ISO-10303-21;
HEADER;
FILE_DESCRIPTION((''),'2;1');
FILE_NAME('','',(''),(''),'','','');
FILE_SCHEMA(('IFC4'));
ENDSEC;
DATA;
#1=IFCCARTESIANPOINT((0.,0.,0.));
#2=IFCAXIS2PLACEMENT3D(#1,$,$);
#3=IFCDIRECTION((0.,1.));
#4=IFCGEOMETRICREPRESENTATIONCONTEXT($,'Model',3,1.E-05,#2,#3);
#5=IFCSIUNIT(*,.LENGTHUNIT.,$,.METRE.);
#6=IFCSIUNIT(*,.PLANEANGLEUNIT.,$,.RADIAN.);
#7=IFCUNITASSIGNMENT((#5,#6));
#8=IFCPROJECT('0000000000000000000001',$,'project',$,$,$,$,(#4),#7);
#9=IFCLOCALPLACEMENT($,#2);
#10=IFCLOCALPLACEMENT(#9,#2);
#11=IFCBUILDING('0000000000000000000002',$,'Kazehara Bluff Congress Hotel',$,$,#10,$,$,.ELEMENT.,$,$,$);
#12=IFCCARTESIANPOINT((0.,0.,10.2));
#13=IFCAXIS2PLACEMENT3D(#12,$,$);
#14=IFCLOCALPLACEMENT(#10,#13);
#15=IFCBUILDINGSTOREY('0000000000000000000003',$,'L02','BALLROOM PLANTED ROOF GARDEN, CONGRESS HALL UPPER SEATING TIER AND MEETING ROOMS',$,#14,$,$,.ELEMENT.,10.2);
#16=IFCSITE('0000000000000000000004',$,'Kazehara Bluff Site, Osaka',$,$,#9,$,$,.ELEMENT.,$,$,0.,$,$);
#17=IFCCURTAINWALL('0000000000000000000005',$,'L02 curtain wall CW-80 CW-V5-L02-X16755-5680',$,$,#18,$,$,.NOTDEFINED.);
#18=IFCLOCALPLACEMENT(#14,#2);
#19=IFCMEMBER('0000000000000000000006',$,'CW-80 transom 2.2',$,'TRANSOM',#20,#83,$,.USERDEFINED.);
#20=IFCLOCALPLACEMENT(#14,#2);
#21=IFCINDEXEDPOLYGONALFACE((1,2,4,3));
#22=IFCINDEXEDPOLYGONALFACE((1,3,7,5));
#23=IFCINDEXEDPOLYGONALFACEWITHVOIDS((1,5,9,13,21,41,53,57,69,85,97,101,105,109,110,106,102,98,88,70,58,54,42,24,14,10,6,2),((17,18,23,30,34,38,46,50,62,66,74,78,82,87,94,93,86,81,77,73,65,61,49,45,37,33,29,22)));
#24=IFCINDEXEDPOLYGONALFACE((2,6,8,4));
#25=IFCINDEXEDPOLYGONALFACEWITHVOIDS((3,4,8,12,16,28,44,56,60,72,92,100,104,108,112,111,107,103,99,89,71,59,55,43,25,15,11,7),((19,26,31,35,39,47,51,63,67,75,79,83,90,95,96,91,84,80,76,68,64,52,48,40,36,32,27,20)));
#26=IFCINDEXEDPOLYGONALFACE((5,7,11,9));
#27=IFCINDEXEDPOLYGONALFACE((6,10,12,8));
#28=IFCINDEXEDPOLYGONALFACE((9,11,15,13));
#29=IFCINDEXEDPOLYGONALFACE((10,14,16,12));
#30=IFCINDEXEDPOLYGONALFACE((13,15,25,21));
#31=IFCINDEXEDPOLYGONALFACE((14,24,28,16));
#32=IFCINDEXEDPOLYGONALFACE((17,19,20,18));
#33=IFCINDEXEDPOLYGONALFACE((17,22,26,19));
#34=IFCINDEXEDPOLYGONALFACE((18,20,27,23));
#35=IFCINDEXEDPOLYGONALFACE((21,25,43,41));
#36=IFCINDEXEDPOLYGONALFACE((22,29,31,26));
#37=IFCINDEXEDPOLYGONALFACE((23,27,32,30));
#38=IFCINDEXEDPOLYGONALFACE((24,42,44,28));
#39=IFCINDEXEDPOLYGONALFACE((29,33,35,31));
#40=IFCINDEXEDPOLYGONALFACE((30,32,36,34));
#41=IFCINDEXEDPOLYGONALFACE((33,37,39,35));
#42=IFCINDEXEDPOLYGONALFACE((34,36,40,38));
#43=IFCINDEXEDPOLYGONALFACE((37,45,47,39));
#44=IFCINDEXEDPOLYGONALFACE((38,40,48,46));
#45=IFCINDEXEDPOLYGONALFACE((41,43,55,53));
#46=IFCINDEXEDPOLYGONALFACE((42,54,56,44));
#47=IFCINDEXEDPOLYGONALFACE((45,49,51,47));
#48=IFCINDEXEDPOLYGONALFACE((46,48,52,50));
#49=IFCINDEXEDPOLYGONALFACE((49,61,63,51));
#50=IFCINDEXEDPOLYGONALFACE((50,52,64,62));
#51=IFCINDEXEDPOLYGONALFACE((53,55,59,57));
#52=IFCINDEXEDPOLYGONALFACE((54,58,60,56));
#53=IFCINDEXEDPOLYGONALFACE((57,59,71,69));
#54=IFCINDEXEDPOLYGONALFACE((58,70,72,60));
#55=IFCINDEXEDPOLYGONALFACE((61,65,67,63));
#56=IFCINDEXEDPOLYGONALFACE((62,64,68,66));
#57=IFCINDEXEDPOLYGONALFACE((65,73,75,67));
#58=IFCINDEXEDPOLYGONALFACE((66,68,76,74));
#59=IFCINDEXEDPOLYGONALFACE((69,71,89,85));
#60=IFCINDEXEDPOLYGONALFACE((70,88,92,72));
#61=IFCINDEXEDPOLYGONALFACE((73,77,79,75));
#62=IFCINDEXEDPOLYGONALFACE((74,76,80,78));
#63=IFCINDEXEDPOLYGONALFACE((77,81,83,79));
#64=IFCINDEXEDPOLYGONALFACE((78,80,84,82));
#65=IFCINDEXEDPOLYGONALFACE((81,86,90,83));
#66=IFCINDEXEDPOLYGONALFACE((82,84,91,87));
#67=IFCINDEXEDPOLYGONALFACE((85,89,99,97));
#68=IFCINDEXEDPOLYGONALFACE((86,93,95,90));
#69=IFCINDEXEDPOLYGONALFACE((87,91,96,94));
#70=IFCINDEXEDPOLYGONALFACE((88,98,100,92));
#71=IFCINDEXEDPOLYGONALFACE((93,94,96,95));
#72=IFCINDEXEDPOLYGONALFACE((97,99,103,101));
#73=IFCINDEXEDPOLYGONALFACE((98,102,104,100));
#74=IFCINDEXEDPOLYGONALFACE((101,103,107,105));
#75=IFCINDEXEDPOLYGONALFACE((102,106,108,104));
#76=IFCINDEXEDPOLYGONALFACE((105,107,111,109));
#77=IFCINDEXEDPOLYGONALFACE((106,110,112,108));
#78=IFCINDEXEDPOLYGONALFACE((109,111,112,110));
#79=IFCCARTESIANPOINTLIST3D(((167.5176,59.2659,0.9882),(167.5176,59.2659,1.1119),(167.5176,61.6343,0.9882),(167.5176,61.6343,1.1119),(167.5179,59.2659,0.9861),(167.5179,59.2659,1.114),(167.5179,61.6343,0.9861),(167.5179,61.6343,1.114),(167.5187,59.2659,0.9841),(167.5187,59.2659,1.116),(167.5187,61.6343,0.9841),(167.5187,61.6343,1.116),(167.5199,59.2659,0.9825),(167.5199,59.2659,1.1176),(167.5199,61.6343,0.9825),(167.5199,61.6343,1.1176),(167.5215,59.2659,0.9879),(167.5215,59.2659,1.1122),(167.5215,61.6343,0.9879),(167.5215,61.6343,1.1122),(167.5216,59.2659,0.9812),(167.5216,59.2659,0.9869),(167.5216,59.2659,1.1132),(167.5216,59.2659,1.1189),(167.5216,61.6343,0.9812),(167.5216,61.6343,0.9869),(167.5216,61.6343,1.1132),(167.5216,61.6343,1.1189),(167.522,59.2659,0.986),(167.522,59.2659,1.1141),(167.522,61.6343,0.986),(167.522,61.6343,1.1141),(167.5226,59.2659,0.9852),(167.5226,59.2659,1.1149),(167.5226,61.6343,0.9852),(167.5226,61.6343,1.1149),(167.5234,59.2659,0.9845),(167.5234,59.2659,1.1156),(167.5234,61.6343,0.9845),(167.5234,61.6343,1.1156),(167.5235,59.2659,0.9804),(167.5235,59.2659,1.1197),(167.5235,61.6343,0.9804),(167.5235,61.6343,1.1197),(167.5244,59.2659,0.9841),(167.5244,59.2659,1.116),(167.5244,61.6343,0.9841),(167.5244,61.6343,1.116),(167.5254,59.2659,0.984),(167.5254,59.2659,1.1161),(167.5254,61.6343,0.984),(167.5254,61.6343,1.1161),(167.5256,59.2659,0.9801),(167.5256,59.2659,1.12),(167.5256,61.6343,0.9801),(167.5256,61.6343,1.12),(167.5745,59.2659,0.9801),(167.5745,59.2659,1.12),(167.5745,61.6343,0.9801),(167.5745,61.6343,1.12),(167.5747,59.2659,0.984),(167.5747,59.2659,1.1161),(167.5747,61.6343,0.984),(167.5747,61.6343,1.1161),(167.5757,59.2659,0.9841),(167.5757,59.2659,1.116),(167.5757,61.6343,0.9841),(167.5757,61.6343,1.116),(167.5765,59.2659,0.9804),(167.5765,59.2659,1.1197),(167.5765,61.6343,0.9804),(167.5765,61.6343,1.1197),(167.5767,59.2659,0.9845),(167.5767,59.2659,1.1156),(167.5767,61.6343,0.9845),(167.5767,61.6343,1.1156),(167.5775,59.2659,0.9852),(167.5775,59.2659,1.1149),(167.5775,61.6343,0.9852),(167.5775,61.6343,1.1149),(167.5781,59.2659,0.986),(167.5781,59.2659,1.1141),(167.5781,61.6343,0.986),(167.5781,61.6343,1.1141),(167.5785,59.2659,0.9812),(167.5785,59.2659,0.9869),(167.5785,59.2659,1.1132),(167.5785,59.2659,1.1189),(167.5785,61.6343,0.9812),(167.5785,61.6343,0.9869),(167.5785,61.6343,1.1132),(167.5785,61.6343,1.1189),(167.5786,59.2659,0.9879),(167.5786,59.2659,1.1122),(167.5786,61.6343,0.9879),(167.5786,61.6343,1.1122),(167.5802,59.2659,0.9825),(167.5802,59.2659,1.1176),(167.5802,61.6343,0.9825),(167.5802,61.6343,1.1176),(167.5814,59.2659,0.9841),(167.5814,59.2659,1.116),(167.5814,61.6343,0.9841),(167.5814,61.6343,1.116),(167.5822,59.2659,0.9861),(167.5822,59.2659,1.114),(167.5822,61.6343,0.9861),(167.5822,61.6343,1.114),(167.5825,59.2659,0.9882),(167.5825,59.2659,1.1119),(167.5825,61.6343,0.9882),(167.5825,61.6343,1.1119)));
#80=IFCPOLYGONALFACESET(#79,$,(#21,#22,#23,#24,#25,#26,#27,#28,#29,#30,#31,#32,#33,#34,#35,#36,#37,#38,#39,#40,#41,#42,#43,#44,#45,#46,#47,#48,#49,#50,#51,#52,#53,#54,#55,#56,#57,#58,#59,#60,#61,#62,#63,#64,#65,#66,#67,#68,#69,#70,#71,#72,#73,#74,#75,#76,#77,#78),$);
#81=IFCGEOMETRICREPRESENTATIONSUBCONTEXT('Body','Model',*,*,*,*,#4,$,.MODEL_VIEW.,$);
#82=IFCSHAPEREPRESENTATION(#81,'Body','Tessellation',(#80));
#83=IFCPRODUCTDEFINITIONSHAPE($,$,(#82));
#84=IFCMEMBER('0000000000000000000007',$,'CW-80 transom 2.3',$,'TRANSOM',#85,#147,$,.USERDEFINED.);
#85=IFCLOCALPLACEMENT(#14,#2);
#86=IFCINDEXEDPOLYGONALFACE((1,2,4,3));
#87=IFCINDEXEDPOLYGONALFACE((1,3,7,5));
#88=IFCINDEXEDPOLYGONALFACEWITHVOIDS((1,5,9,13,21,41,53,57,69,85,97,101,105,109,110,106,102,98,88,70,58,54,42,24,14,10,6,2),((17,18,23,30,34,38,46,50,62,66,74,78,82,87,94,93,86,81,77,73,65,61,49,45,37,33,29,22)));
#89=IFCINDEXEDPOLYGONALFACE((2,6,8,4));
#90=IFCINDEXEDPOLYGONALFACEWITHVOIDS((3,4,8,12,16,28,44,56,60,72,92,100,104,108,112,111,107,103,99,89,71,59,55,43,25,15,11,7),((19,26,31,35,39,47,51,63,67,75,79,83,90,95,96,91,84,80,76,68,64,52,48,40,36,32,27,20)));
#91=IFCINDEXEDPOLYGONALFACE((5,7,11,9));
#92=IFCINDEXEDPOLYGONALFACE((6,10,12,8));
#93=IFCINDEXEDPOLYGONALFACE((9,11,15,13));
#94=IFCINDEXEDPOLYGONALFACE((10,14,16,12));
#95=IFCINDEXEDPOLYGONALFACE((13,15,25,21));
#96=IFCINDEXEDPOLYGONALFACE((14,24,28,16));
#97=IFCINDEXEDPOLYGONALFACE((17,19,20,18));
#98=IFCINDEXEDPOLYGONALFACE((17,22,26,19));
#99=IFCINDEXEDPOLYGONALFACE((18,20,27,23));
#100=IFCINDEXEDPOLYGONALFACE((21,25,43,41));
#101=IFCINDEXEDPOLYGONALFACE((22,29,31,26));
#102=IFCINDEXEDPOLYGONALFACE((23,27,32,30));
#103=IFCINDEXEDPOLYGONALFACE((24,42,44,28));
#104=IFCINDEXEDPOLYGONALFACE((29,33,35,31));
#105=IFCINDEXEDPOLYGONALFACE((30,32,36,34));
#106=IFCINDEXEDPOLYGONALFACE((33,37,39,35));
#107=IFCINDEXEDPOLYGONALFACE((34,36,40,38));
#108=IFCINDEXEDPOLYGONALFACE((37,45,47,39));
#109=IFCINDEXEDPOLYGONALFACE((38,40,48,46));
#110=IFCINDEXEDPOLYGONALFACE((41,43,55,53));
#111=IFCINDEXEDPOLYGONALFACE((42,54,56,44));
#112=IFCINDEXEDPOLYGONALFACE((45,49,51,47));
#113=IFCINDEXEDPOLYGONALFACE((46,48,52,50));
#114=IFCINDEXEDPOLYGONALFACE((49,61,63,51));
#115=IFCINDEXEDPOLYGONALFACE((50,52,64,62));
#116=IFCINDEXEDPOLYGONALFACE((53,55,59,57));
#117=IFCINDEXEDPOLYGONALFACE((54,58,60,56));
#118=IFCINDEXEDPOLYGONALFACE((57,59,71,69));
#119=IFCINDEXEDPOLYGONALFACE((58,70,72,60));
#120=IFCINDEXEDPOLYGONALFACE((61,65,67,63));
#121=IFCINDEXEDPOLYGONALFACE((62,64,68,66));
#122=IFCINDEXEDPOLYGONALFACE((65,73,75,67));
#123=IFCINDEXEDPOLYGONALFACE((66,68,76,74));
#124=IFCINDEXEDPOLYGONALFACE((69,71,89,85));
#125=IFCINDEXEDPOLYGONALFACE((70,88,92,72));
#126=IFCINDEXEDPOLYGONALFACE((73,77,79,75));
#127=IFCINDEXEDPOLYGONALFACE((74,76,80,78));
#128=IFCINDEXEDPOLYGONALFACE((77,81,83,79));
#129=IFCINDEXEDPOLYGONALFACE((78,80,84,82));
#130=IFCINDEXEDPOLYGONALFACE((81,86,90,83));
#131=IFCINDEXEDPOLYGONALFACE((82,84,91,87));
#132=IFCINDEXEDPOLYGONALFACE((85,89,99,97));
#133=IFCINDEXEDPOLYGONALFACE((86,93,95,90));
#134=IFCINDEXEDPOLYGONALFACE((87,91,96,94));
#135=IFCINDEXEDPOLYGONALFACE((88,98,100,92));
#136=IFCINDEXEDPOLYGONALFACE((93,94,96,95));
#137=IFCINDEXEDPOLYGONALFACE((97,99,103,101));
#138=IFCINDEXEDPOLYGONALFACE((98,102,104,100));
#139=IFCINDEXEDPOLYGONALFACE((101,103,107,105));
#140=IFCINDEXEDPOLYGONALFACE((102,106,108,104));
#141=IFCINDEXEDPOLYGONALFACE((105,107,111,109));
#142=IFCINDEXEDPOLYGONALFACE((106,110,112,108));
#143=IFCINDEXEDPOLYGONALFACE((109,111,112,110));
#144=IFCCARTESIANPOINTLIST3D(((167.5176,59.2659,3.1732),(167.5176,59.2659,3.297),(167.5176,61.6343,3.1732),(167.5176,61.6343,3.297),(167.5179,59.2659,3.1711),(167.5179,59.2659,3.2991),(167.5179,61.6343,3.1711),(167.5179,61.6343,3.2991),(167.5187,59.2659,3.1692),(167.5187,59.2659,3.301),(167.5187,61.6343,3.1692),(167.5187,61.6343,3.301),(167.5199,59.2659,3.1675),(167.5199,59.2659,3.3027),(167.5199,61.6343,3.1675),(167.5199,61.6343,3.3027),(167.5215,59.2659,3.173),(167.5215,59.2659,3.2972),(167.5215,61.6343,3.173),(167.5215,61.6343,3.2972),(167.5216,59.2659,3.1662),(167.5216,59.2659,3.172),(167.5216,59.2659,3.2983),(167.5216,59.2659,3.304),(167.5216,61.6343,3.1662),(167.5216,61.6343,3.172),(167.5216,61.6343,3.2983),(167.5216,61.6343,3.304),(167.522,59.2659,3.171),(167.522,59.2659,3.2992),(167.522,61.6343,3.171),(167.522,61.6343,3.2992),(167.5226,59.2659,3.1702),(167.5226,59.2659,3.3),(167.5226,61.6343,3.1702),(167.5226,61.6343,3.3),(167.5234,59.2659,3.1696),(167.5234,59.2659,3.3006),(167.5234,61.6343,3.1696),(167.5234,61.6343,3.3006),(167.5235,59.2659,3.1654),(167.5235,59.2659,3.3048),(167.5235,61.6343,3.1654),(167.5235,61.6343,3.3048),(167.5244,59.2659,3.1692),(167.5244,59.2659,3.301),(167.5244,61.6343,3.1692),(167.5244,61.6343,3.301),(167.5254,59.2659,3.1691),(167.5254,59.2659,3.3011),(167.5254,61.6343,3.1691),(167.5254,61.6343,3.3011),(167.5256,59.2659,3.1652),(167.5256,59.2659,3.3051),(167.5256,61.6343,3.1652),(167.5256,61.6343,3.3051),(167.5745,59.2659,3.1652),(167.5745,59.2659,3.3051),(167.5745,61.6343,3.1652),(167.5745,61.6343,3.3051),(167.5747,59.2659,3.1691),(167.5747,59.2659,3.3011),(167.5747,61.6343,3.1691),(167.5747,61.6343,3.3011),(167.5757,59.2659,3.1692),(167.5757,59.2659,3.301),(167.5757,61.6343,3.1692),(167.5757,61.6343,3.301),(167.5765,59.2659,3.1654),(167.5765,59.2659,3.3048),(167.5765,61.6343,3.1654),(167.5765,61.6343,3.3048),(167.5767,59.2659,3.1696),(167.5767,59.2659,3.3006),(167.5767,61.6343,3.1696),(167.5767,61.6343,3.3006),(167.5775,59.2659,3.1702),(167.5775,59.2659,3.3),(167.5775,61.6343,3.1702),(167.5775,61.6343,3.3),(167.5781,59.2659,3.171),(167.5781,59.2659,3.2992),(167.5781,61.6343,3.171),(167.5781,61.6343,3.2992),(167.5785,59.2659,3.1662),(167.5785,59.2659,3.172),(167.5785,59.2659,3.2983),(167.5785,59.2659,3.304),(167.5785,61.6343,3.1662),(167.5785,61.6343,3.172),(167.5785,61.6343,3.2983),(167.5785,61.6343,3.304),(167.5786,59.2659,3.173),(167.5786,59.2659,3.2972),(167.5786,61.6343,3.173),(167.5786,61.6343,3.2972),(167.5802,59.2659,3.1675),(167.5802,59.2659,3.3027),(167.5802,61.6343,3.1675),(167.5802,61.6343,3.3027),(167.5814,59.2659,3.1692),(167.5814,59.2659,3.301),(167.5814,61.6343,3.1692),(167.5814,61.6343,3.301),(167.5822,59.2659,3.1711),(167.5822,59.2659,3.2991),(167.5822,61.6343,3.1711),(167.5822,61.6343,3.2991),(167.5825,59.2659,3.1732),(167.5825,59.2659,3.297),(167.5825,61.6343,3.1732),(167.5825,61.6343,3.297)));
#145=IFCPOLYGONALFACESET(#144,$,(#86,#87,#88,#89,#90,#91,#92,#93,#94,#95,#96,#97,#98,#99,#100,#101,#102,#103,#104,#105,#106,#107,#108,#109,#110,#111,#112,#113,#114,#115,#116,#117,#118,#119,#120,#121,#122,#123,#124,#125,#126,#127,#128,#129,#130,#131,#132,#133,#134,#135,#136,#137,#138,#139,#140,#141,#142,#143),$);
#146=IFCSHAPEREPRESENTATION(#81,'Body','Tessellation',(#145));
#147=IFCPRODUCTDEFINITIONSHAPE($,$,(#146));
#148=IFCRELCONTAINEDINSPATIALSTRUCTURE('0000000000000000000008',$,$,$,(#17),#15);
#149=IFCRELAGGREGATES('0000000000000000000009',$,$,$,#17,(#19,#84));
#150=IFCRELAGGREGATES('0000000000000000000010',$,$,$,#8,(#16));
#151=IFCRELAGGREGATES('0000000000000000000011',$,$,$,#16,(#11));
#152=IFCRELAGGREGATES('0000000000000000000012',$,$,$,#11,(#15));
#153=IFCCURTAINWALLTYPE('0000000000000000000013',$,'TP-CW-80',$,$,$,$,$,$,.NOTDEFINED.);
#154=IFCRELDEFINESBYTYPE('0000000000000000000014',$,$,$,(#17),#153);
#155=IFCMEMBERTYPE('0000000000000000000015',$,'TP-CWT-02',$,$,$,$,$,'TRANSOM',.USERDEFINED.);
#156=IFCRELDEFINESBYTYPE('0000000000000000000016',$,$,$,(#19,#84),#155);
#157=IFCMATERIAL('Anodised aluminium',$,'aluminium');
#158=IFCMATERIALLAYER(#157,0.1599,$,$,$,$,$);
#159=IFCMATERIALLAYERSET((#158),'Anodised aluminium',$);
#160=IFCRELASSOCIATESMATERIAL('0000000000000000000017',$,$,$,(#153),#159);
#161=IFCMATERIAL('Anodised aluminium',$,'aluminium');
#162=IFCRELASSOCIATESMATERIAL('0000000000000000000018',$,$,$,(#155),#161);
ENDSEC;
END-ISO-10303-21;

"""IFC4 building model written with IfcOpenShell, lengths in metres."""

from ifc_helpers import new_model, si_unit, direction, frame, origin, origin_2d, place, context, subcontext, project, spatial, hollow_rectangle, extrude, material, layer, layer_set, material_profile, profile_set, type_object, element, aggregate, save


model = new_model("IFC4")

# Units and contexts
model_context = context("Model", 3, precision=1e-05, world=origin(), true_north=direction((0.0, 1.0)))
body_context = subcontext(model_context, "Body", "Model", "MODEL_VIEW")
ifc_project = project(units=[si_unit("LENGTHUNIT", "METRE"), si_unit("PLANEANGLEUNIT", "RADIAN")], contexts=[model_context])

# Site, building, storey
site_placement = place(None, origin())
site = spatial("IfcSite", under=ifc_project, at=site_placement, Name="Kazehara Bluff Site, Osaka", CompositionType="ELEMENT", RefElevation=0.0)
building_placement = place(site_placement, origin())
building = spatial("IfcBuilding", under=site, at=building_placement, Name="Kazehara Bluff Congress Hotel", CompositionType="ELEMENT")
storey_placement = place(building_placement, frame((0.0, 0.0, 10.2)))
storey = spatial("IfcBuildingStorey", under=building, at=storey_placement, Name="L02", Description="BALLROOM PLANTED ROOF GARDEN, CONGRESS HALL UPPER SEATING TIER AND MEETING ROOMS", CompositionType="ELEMENT", Elevation=10.2)

# Shared definitions
ifc_material_1 = material(Name="Anodised aluminium", Category="aluminium")
ifc_layer_1 = layer(ifc_material_1, 0.1599)
ifc_layer_set_1 = layer_set([ifc_layer_1], Name="Anodised aluminium")
curtain_wall_type = type_object("IfcCurtainWallType", Name="TP-CW-80", PredefinedType="NOTDEFINED", material=ifc_layer_set_1)

# Curtain wall, members
curtain_wall_1_placement = place(storey_placement, origin())
curtain_wall_1 = element("IfcCurtainWall", 1, at=curtain_wall_1_placement, inside=storey, type_object=curtain_wall_type, Name="L02 curtain wall CW-80 CW-V5-L02-X16755-5680", PredefinedType="NOTDEFINED")
ifc_material_2 = material(Name="Anodised aluminium", Category="aluminium")
ifc_material_profile_1 = material_profile(ifc_material_2, hollow_rectangle(XDim=0.0649, YDim=0.1399, WallThickness=0.0039, InnerFilletRadius=0.0039, OuterFilletRadius=0.0081, at=origin_2d()))
ifc_profile_set_1 = profile_set([ifc_material_profile_1], Name="Anodised aluminium")
member_type_1 = type_object("IfcMemberType", Name="TP-CWT-02", ElementType="TRANSOM", PredefinedType="USERDEFINED", material=ifc_profile_set_1)
member_1_placement = place(storey_placement, frame((167.55, 59.2659, 1.05), z_axis=(0.0, 1.0, 0.0), x_axis=(-1.0, 0.0, 0.0)))
member_1 = element("IfcMember", 2, at=member_1_placement, type_object=member_type_1, Name="CW-80 transom 2.2", ObjectType="TRANSOM", PredefinedType="USERDEFINED", context=body_context, shape_type="SweptSolid", body=[
    extrude(hollow_rectangle(XDim=0.0649, YDim=0.1399, WallThickness=0.0039, InnerFilletRadius=0.0039, OuterFilletRadius=0.0081, at=origin_2d()), origin(), (0.0, 0.0, 1.0), 2.3684),
])
member_2_placement = place(storey_placement, frame((167.55, 59.2659, 3.2351), z_axis=(0.0, 1.0, 0.0), x_axis=(-1.0, 0.0, 0.0)))
member_2 = element("IfcMember", 3, at=member_2_placement, type_object=member_type_1, Name="CW-80 transom 2.3", ObjectType="TRANSOM", PredefinedType="USERDEFINED", context=body_context, shape_type="SweptSolid", body=[
    extrude(hollow_rectangle(XDim=0.0649, YDim=0.1399, WallThickness=0.0039, InnerFilletRadius=0.0039, OuterFilletRadius=0.0081, at=origin_2d()), origin(), (0.0, 0.0, 1.0), 2.3684),
])

aggregate(curtain_wall_1, [member_1, member_2])

save(model, "model.ifc")
